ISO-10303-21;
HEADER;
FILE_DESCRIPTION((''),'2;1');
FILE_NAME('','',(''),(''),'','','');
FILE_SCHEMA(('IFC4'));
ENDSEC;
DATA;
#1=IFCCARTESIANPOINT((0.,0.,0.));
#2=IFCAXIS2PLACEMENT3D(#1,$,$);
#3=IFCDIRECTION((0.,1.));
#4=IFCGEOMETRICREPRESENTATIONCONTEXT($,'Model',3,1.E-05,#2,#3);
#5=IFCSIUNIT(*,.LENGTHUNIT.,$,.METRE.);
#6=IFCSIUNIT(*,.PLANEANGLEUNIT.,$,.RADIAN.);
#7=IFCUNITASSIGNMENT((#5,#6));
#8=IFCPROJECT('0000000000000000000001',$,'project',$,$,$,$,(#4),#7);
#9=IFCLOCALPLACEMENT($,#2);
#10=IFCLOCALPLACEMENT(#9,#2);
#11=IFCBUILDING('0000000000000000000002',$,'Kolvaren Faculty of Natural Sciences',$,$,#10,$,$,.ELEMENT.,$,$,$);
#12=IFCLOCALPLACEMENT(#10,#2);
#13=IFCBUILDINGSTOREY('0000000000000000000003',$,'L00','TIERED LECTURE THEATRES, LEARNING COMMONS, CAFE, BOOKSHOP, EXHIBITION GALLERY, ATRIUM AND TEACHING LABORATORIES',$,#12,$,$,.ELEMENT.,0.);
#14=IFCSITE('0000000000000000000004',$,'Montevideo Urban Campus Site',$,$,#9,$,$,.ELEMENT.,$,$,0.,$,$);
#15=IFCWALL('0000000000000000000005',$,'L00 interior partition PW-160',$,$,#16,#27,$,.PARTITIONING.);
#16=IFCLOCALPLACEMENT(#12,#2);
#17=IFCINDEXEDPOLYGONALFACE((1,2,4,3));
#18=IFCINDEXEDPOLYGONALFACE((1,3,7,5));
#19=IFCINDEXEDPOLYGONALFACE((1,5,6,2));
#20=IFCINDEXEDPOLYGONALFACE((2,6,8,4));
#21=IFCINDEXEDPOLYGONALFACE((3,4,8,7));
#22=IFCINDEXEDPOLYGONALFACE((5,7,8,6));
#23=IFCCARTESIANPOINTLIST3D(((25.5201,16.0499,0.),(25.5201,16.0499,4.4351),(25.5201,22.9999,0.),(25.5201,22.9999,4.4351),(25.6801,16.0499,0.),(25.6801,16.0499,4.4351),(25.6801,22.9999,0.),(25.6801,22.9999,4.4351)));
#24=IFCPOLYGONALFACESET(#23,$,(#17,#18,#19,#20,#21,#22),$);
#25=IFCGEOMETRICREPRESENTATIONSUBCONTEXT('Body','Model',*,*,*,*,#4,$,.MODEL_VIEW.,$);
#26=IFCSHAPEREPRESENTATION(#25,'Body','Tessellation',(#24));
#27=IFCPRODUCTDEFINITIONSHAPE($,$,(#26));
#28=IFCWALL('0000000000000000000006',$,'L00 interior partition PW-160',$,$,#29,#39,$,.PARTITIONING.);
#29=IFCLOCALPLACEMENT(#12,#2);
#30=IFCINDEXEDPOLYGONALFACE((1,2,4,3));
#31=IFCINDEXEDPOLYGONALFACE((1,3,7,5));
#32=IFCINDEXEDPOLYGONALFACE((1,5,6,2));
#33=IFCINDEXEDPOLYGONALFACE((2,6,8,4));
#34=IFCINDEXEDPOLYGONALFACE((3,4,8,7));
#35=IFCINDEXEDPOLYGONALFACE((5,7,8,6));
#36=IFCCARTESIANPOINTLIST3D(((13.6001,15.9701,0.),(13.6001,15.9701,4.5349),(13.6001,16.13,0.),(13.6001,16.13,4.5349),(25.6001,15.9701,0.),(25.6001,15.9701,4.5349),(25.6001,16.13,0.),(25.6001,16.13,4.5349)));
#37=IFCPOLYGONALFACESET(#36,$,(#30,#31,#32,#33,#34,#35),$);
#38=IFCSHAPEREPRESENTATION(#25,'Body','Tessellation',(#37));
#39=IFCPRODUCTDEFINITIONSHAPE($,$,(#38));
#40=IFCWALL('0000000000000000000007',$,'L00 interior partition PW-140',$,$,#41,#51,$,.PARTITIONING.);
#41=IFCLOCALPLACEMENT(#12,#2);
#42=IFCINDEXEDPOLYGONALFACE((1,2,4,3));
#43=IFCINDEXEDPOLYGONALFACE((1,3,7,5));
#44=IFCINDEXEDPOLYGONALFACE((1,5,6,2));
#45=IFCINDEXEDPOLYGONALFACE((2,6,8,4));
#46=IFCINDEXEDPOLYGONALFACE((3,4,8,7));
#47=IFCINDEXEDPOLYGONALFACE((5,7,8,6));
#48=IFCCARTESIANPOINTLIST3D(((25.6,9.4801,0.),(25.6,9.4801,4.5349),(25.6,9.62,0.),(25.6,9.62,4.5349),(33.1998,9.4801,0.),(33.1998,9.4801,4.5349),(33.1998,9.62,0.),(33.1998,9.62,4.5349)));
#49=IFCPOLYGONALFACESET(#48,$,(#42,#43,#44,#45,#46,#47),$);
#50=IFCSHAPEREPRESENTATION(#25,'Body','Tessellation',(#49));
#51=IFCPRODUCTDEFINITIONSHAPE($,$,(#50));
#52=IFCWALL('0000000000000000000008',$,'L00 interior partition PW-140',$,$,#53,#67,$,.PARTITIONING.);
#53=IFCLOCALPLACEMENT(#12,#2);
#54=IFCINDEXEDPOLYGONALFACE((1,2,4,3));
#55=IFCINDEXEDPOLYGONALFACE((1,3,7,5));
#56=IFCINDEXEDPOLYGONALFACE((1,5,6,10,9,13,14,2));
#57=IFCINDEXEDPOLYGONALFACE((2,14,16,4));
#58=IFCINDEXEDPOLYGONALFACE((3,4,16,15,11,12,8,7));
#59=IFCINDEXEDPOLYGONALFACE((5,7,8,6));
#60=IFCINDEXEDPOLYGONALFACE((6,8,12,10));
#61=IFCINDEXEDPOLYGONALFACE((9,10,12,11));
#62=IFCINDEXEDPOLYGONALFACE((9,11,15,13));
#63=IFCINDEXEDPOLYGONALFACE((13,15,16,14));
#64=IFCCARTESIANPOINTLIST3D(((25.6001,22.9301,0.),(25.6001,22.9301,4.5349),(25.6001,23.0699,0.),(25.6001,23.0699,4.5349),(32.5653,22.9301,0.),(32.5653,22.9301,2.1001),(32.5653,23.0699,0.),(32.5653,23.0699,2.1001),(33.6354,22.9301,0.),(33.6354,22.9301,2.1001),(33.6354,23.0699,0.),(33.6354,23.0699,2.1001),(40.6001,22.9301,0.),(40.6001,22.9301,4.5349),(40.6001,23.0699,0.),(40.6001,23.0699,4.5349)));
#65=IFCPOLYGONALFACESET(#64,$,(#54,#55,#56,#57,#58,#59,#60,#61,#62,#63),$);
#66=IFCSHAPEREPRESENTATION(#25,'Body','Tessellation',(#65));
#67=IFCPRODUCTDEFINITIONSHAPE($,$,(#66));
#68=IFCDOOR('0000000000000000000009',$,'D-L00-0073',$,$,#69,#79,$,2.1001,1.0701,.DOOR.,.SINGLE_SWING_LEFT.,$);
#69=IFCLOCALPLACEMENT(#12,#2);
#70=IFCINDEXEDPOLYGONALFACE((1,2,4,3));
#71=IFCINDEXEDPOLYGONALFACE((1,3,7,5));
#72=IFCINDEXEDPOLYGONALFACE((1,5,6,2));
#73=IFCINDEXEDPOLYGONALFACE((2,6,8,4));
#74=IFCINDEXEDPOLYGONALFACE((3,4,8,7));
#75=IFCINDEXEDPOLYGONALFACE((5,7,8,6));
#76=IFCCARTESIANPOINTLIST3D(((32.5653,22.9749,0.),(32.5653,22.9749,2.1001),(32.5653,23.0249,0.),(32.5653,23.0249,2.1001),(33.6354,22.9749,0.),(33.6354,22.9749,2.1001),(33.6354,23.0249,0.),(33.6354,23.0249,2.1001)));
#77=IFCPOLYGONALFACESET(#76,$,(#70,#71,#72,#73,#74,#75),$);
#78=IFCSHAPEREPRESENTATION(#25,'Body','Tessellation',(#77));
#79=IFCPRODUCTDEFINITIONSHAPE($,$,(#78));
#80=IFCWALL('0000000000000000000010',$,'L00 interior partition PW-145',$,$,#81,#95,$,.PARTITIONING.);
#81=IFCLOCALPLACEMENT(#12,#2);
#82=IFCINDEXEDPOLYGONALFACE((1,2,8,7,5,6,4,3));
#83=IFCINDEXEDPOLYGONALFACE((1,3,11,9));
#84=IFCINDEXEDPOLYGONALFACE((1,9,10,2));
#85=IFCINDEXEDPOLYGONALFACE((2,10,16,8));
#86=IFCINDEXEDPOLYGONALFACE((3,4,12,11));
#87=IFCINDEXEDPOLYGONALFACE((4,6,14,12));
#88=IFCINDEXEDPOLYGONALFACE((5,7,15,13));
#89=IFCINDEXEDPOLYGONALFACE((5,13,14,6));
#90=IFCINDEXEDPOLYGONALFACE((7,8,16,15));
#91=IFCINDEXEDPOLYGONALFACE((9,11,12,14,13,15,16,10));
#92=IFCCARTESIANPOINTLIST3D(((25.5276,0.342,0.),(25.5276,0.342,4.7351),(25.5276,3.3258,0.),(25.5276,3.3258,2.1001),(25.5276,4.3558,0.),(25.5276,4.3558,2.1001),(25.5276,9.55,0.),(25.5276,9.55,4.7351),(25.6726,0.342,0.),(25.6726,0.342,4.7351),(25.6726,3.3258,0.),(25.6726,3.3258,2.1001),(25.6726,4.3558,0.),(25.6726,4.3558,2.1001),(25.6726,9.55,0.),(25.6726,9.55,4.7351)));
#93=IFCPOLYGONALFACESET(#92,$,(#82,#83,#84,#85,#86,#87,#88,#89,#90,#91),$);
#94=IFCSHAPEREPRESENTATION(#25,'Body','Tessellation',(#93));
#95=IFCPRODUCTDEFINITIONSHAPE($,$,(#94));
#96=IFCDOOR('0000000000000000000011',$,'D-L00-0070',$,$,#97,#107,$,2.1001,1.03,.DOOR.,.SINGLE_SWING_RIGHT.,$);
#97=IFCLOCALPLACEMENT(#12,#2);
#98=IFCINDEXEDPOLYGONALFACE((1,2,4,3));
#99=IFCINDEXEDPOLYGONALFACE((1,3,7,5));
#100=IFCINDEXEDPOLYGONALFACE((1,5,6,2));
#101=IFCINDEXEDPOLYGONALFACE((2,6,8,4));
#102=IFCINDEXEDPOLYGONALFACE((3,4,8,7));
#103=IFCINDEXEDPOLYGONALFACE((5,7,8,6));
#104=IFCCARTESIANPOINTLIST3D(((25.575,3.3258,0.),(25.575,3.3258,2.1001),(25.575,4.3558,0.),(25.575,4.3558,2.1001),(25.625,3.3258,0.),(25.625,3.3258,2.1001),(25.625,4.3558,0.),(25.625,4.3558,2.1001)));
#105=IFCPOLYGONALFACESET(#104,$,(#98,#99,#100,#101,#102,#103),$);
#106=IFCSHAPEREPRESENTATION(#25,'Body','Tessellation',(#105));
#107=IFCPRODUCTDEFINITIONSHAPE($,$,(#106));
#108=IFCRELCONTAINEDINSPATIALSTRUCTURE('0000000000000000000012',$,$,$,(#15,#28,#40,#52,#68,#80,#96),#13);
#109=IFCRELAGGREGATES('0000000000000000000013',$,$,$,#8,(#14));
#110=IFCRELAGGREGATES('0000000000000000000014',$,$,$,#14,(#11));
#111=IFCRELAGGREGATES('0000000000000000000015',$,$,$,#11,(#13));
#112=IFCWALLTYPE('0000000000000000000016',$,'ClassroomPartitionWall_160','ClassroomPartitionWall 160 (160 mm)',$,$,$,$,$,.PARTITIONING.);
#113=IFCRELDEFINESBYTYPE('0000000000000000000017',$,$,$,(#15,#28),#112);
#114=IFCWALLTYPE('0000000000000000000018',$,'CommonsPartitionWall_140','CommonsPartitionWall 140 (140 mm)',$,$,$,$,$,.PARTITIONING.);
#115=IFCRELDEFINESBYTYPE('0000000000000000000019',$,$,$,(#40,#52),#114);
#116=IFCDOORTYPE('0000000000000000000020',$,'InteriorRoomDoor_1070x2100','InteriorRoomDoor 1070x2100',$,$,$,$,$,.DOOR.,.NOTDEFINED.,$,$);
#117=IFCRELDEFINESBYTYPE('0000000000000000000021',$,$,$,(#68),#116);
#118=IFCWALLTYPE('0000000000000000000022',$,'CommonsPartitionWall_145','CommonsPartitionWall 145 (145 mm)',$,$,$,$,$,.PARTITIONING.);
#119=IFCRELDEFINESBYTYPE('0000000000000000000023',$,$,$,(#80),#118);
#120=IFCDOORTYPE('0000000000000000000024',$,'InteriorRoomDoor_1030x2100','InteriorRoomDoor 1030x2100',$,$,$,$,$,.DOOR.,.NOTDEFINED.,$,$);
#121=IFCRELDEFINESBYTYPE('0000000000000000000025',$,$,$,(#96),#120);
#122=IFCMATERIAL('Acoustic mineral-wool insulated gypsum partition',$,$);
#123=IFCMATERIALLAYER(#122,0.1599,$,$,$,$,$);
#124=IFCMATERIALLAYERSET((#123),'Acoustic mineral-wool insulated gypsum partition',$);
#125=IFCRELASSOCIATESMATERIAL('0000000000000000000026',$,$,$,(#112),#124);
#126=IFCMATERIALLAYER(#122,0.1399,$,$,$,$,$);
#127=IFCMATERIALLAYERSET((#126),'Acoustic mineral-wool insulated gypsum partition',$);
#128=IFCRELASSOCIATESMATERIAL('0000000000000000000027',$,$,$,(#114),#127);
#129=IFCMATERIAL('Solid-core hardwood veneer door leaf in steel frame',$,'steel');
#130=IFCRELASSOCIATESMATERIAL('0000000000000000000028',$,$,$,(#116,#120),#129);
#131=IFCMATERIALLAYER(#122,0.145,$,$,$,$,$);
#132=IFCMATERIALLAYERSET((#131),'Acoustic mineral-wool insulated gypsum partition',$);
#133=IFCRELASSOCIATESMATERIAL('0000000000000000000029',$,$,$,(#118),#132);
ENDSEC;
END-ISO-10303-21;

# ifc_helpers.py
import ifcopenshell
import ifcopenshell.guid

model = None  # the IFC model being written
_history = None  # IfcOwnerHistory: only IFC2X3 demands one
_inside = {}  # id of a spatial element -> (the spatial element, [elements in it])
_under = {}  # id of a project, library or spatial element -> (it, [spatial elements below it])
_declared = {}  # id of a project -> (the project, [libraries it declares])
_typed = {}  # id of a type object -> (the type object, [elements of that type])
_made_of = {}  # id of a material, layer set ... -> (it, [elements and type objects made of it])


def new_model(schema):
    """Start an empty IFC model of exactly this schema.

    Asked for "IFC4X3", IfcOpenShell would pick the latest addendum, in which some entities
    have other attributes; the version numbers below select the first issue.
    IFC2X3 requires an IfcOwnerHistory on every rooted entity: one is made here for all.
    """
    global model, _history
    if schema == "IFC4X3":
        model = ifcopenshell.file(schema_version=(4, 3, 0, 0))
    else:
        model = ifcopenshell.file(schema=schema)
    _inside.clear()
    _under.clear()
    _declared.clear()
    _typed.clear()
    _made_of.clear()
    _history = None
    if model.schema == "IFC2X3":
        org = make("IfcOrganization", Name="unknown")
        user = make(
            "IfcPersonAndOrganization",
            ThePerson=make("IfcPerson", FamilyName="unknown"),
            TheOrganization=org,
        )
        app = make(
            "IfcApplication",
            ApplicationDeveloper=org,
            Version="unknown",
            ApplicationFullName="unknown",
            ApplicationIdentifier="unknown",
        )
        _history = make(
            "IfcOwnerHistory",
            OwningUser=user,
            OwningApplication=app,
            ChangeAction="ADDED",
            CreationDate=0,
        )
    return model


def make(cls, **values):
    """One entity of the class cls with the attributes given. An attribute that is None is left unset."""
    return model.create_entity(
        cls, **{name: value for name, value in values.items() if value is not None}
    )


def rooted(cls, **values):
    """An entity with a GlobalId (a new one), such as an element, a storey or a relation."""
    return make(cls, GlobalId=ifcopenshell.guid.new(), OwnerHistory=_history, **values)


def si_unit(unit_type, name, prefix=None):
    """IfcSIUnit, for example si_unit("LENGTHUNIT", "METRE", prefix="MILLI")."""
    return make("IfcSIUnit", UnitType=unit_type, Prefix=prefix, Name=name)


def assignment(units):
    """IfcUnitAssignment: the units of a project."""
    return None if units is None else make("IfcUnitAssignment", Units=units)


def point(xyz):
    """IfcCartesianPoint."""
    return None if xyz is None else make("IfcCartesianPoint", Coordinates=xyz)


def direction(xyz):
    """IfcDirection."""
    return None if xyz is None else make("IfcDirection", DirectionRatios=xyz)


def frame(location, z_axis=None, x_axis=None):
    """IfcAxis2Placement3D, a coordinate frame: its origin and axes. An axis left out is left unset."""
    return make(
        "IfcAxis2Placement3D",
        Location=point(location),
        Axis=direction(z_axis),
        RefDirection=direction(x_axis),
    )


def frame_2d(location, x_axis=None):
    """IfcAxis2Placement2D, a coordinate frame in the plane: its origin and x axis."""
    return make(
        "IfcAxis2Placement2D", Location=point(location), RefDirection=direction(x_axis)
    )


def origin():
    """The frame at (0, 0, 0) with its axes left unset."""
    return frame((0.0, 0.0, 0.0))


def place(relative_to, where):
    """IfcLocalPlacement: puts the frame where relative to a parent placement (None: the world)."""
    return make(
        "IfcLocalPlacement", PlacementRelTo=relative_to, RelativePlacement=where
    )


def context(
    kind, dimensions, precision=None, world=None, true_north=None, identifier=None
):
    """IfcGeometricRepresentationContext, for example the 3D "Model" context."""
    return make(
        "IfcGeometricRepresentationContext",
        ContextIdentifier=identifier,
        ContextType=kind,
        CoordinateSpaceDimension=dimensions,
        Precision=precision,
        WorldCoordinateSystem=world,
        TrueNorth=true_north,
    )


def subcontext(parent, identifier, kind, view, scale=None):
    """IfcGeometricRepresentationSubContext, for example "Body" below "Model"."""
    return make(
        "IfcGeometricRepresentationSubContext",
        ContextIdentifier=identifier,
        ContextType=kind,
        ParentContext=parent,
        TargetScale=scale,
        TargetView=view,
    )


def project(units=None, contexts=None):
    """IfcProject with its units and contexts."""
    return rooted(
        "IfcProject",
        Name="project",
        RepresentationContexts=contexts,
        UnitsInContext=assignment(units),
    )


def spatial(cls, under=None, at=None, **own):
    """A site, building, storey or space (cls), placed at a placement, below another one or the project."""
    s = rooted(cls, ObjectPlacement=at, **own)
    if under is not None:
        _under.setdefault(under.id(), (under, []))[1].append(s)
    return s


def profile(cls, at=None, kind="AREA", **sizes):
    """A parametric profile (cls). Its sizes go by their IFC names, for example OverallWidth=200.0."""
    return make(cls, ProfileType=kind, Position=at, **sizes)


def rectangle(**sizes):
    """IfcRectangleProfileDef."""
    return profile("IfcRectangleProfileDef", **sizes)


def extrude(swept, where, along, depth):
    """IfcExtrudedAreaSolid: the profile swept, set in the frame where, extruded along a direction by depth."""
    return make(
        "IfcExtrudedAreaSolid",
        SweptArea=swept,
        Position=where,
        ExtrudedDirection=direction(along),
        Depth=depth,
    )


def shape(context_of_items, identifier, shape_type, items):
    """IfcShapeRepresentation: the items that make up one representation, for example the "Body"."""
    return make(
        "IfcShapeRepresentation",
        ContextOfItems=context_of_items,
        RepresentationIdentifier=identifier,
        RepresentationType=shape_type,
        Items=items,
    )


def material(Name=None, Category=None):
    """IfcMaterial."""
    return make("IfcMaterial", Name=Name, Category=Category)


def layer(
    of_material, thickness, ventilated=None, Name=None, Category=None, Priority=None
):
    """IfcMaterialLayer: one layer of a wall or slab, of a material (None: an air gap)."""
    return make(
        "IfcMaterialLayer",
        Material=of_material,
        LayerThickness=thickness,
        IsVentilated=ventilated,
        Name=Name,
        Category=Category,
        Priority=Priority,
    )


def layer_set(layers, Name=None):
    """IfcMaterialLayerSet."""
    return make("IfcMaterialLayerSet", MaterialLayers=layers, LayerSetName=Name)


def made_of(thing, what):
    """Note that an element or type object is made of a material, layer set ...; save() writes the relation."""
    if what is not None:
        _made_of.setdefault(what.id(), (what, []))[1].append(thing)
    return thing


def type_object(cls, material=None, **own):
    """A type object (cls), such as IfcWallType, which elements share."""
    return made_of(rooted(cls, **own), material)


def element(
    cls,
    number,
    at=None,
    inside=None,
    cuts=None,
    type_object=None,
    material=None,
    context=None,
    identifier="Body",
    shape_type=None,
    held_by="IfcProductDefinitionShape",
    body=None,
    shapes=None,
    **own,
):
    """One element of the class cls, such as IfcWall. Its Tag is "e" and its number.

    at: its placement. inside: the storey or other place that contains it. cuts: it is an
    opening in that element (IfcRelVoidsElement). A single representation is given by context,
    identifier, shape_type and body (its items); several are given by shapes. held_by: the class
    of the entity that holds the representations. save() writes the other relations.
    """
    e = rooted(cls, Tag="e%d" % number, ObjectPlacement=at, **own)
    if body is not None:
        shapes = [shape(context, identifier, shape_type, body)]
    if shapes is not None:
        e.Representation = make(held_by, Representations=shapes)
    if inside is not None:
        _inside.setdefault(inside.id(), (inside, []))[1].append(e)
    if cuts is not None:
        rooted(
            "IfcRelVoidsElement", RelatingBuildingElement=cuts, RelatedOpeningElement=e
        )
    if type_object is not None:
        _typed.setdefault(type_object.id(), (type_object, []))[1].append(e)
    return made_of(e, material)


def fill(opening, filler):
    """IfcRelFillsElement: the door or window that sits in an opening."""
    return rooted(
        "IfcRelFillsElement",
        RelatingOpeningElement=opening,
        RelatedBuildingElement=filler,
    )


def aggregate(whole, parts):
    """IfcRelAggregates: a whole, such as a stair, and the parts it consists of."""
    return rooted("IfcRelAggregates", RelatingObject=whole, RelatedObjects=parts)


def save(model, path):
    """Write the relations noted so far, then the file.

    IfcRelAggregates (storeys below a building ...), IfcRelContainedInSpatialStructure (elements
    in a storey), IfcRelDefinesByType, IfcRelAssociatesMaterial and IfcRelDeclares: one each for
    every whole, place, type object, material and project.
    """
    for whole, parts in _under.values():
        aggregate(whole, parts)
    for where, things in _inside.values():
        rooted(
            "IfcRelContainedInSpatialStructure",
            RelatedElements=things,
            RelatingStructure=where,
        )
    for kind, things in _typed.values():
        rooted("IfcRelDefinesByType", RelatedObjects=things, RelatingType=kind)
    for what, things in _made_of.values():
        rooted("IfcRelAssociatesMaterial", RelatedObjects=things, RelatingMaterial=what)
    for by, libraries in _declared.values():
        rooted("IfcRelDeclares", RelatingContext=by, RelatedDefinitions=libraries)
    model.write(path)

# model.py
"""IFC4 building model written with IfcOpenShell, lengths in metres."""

from ifc_helpers import new_model, si_unit, direction, frame, frame_2d, origin, place, context, subcontext, project, spatial, rectangle, extrude, material, layer, layer_set, type_object, element, fill, save


model = new_model("IFC4")

# Units and contexts
model_context = context("Model", 3, precision=1e-05, world=origin(), true_north=direction((0.0, 1.0)))
body_context = subcontext(model_context, "Body", "Model", "MODEL_VIEW")
ifc_project = project(units=[si_unit("LENGTHUNIT", "METRE"), si_unit("PLANEANGLEUNIT", "RADIAN")], contexts=[model_context])

# Site, building, storey
site_placement = place(None, origin())
site = spatial("IfcSite", under=ifc_project, at=site_placement, Name="Montevideo Urban Campus Site", CompositionType="ELEMENT", RefElevation=0.0)
building_placement = place(site_placement, origin())
building = spatial("IfcBuilding", under=site, at=building_placement, Name="Kolvaren Faculty of Natural Sciences", CompositionType="ELEMENT")
storey_placement = place(building_placement, origin())
storey = spatial("IfcBuildingStorey", under=building, at=storey_placement, Name="L00", Description="TIERED LECTURE THEATRES, LEARNING COMMONS, CAFE, BOOKSHOP, EXHIBITION GALLERY, ATRIUM AND TEACHING LABORATORIES", CompositionType="ELEMENT", Elevation=0.0)

# Walls
ifc_material_1 = material(Name="Acoustic mineral-wool insulated gypsum partition")
ifc_layer_1 = layer(ifc_material_1, 0.1599)
ifc_layer_set_1 = layer_set([ifc_layer_1], Name="Acoustic mineral-wool insulated gypsum partition")
wall_type_1 = type_object("IfcWallType", Name="ClassroomPartitionWall_160", Description="ClassroomPartitionWall 160 (160 mm)", PredefinedType="PARTITIONING", material=ifc_layer_set_1)
wall_1_placement = place(storey_placement, frame((25.6001, 23.0, 0.0), z_axis=(0.0, 0.0, 1.0), x_axis=(0.0, -1.0, 0.0)))
element("IfcWall", 1, at=wall_1_placement, inside=storey, type_object=wall_type_1, Name="L00 interior partition PW-160", PredefinedType="PARTITIONING", context=body_context, shape_type="SweptSolid", body=[
    extrude(rectangle(XDim=6.95, YDim=0.1599, at=frame_2d((3.4751, 0.0))), origin(), (0.0, 0.0, 1.0), 4.4351),
])
wall_2_placement = place(storey_placement, frame((25.6001, 16.05, 0.0), z_axis=(0.0, 0.0, 1.0), x_axis=(-1.0, 0.0, 0.0)))
element("IfcWall", 2, at=wall_2_placement, inside=storey, type_object=wall_type_1, Name="L00 interior partition PW-160", PredefinedType="PARTITIONING", context=body_context, shape_type="SweptSolid", body=[
    extrude(rectangle(XDim=12.0, YDim=0.1599, at=frame_2d((6.0, 0.0))), origin(), (0.0, 0.0, 1.0), 4.5349),
])
ifc_layer_2 = layer(ifc_material_1, 0.1399)
ifc_layer_set_2 = layer_set([ifc_layer_2], Name="Acoustic mineral-wool insulated gypsum partition")
wall_type_2 = type_object("IfcWallType", Name="CommonsPartitionWall_140", Description="CommonsPartitionWall 140 (140 mm)", PredefinedType="PARTITIONING", material=ifc_layer_set_2)
wall_3_placement = place(storey_placement, frame((25.6001, 9.55, 0.0), z_axis=(0.0, 0.0, 1.0), x_axis=(1.0, 0.0, 0.0)))
element("IfcWall", 3, at=wall_3_placement, inside=storey, type_object=wall_type_2, Name="L00 interior partition PW-140", PredefinedType="PARTITIONING", context=body_context, shape_type="SweptSolid", body=[
    extrude(rectangle(XDim=7.5999, YDim=0.1399, at=frame_2d((3.7998, 0.0))), origin(), (0.0, 0.0, 1.0), 4.5349),
])

# Walls, openings, doors
wall_4_placement = place(storey_placement, frame((25.6001, 23.0, 0.0), z_axis=(0.0, 0.0, 1.0), x_axis=(1.0, 0.0, 0.0)))
wall_4 = element("IfcWall", 4, at=wall_4_placement, inside=storey, type_object=wall_type_2, Name="L00 interior partition PW-140", PredefinedType="PARTITIONING", context=body_context, shape_type="SweptSolid", body=[
    extrude(rectangle(XDim=15.0, YDim=0.1399, at=frame_2d((7.5, 0.0))), origin(), (0.0, 0.0, 1.0), 4.5349),
])
opening_1_placement = place(wall_4_placement, frame((6.9651, 0.0, 0.0)))
opening_1 = element("IfcOpeningElement", 5, at=opening_1_placement, cuts=wall_4, PredefinedType="OPENING", context=body_context, shape_type="SweptSolid", body=[
    extrude(rectangle(XDim=1.0701, YDim=2.1001, at=frame_2d((0.5352, 1.05))), frame((0.0, 0.0798, 0.0), z_axis=(0.0, -1.0, 0.0), x_axis=(1.0, 0.0, 0.0)), (0.0, 0.0, 1.0), 0.1599),
])
ifc_material_2 = material(Name="Solid-core hardwood veneer door leaf in steel frame", Category="steel")
door_type_1 = type_object("IfcDoorType", Name="InteriorRoomDoor_1070x2100", Description="InteriorRoomDoor 1070x2100", OperationType="NOTDEFINED", PredefinedType="DOOR", material=ifc_material_2)
door_1_placement = place(opening_1_placement, origin())
door_1 = element("IfcDoor", 6, at=door_1_placement, inside=storey, type_object=door_type_1, Name="D-L00-0073", OperationType="SINGLE_SWING_LEFT", OverallHeight=2.1001, OverallWidth=1.0701, PredefinedType="DOOR", context=body_context, shape_type="SweptSolid", body=[
    extrude(rectangle(XDim=1.0701, YDim=2.1001, at=frame_2d((0.5352, 1.05))), frame((0.0, 0.0249, 0.0), z_axis=(0.0, -1.0, 0.0), x_axis=(1.0, 0.0, 0.0)), (0.0, 0.0, 1.0), 0.05),
])
fill(opening_1, door_1)
ifc_layer_3 = layer(ifc_material_1, 0.145)
ifc_layer_set_3 = layer_set([ifc_layer_3], Name="Acoustic mineral-wool insulated gypsum partition")
wall_type_3 = type_object("IfcWallType", Name="CommonsPartitionWall_145", Description="CommonsPartitionWall 145 (145 mm)", PredefinedType="PARTITIONING", material=ifc_layer_set_3)
wall_5_placement = place(storey_placement, frame((25.6001, 9.55, 0.0), z_axis=(0.0, 0.0, 1.0), x_axis=(0.0, -1.0, 0.0)))
wall_5 = element("IfcWall", 7, at=wall_5_placement, inside=storey, type_object=wall_type_3, Name="L00 interior partition PW-145", PredefinedType="PARTITIONING", context=body_context, shape_type="SweptSolid", body=[
    extrude(rectangle(XDim=9.208, YDim=0.145, at=frame_2d((4.604, 0.0))), origin(), (0.0, 0.0, 1.0), 4.7351),
])
opening_2_placement = place(wall_5_placement, frame((5.1941, 0.0, 0.0)))
opening_2 = element("IfcOpeningElement", 8, at=opening_2_placement, cuts=wall_5, PredefinedType="OPENING", context=body_context, shape_type="SweptSolid", body=[
    extrude(rectangle(XDim=1.03, YDim=2.1001, at=frame_2d((0.5151, 1.05))), frame((0.0, 0.0825, 0.0), z_axis=(0.0, -1.0, 0.0), x_axis=(1.0, 0.0, 0.0)), (0.0, 0.0, 1.0), 0.165),
])
door_type_2 = type_object("IfcDoorType", Name="InteriorRoomDoor_1030x2100", Description="InteriorRoomDoor 1030x2100", OperationType="NOTDEFINED", PredefinedType="DOOR", material=ifc_material_2)
door_2_placement = place(opening_2_placement, origin())
door_2 = element("IfcDoor", 9, at=door_2_placement, inside=storey, type_object=door_type_2, Name="D-L00-0070", OperationType="SINGLE_SWING_RIGHT", OverallHeight=2.1001, OverallWidth=1.03, PredefinedType="DOOR", context=body_context, shape_type="SweptSolid", body=[
    extrude(rectangle(XDim=1.03, YDim=2.1001, at=frame_2d((0.5151, 1.05))), frame((0.0, 0.0249, 0.0), z_axis=(0.0, -1.0, 0.0), x_axis=(1.0, 0.0, 0.0)), (0.0, 0.0, 1.0), 0.05),
])
fill(opening_2, door_2)

save(model, "model.ifc")
